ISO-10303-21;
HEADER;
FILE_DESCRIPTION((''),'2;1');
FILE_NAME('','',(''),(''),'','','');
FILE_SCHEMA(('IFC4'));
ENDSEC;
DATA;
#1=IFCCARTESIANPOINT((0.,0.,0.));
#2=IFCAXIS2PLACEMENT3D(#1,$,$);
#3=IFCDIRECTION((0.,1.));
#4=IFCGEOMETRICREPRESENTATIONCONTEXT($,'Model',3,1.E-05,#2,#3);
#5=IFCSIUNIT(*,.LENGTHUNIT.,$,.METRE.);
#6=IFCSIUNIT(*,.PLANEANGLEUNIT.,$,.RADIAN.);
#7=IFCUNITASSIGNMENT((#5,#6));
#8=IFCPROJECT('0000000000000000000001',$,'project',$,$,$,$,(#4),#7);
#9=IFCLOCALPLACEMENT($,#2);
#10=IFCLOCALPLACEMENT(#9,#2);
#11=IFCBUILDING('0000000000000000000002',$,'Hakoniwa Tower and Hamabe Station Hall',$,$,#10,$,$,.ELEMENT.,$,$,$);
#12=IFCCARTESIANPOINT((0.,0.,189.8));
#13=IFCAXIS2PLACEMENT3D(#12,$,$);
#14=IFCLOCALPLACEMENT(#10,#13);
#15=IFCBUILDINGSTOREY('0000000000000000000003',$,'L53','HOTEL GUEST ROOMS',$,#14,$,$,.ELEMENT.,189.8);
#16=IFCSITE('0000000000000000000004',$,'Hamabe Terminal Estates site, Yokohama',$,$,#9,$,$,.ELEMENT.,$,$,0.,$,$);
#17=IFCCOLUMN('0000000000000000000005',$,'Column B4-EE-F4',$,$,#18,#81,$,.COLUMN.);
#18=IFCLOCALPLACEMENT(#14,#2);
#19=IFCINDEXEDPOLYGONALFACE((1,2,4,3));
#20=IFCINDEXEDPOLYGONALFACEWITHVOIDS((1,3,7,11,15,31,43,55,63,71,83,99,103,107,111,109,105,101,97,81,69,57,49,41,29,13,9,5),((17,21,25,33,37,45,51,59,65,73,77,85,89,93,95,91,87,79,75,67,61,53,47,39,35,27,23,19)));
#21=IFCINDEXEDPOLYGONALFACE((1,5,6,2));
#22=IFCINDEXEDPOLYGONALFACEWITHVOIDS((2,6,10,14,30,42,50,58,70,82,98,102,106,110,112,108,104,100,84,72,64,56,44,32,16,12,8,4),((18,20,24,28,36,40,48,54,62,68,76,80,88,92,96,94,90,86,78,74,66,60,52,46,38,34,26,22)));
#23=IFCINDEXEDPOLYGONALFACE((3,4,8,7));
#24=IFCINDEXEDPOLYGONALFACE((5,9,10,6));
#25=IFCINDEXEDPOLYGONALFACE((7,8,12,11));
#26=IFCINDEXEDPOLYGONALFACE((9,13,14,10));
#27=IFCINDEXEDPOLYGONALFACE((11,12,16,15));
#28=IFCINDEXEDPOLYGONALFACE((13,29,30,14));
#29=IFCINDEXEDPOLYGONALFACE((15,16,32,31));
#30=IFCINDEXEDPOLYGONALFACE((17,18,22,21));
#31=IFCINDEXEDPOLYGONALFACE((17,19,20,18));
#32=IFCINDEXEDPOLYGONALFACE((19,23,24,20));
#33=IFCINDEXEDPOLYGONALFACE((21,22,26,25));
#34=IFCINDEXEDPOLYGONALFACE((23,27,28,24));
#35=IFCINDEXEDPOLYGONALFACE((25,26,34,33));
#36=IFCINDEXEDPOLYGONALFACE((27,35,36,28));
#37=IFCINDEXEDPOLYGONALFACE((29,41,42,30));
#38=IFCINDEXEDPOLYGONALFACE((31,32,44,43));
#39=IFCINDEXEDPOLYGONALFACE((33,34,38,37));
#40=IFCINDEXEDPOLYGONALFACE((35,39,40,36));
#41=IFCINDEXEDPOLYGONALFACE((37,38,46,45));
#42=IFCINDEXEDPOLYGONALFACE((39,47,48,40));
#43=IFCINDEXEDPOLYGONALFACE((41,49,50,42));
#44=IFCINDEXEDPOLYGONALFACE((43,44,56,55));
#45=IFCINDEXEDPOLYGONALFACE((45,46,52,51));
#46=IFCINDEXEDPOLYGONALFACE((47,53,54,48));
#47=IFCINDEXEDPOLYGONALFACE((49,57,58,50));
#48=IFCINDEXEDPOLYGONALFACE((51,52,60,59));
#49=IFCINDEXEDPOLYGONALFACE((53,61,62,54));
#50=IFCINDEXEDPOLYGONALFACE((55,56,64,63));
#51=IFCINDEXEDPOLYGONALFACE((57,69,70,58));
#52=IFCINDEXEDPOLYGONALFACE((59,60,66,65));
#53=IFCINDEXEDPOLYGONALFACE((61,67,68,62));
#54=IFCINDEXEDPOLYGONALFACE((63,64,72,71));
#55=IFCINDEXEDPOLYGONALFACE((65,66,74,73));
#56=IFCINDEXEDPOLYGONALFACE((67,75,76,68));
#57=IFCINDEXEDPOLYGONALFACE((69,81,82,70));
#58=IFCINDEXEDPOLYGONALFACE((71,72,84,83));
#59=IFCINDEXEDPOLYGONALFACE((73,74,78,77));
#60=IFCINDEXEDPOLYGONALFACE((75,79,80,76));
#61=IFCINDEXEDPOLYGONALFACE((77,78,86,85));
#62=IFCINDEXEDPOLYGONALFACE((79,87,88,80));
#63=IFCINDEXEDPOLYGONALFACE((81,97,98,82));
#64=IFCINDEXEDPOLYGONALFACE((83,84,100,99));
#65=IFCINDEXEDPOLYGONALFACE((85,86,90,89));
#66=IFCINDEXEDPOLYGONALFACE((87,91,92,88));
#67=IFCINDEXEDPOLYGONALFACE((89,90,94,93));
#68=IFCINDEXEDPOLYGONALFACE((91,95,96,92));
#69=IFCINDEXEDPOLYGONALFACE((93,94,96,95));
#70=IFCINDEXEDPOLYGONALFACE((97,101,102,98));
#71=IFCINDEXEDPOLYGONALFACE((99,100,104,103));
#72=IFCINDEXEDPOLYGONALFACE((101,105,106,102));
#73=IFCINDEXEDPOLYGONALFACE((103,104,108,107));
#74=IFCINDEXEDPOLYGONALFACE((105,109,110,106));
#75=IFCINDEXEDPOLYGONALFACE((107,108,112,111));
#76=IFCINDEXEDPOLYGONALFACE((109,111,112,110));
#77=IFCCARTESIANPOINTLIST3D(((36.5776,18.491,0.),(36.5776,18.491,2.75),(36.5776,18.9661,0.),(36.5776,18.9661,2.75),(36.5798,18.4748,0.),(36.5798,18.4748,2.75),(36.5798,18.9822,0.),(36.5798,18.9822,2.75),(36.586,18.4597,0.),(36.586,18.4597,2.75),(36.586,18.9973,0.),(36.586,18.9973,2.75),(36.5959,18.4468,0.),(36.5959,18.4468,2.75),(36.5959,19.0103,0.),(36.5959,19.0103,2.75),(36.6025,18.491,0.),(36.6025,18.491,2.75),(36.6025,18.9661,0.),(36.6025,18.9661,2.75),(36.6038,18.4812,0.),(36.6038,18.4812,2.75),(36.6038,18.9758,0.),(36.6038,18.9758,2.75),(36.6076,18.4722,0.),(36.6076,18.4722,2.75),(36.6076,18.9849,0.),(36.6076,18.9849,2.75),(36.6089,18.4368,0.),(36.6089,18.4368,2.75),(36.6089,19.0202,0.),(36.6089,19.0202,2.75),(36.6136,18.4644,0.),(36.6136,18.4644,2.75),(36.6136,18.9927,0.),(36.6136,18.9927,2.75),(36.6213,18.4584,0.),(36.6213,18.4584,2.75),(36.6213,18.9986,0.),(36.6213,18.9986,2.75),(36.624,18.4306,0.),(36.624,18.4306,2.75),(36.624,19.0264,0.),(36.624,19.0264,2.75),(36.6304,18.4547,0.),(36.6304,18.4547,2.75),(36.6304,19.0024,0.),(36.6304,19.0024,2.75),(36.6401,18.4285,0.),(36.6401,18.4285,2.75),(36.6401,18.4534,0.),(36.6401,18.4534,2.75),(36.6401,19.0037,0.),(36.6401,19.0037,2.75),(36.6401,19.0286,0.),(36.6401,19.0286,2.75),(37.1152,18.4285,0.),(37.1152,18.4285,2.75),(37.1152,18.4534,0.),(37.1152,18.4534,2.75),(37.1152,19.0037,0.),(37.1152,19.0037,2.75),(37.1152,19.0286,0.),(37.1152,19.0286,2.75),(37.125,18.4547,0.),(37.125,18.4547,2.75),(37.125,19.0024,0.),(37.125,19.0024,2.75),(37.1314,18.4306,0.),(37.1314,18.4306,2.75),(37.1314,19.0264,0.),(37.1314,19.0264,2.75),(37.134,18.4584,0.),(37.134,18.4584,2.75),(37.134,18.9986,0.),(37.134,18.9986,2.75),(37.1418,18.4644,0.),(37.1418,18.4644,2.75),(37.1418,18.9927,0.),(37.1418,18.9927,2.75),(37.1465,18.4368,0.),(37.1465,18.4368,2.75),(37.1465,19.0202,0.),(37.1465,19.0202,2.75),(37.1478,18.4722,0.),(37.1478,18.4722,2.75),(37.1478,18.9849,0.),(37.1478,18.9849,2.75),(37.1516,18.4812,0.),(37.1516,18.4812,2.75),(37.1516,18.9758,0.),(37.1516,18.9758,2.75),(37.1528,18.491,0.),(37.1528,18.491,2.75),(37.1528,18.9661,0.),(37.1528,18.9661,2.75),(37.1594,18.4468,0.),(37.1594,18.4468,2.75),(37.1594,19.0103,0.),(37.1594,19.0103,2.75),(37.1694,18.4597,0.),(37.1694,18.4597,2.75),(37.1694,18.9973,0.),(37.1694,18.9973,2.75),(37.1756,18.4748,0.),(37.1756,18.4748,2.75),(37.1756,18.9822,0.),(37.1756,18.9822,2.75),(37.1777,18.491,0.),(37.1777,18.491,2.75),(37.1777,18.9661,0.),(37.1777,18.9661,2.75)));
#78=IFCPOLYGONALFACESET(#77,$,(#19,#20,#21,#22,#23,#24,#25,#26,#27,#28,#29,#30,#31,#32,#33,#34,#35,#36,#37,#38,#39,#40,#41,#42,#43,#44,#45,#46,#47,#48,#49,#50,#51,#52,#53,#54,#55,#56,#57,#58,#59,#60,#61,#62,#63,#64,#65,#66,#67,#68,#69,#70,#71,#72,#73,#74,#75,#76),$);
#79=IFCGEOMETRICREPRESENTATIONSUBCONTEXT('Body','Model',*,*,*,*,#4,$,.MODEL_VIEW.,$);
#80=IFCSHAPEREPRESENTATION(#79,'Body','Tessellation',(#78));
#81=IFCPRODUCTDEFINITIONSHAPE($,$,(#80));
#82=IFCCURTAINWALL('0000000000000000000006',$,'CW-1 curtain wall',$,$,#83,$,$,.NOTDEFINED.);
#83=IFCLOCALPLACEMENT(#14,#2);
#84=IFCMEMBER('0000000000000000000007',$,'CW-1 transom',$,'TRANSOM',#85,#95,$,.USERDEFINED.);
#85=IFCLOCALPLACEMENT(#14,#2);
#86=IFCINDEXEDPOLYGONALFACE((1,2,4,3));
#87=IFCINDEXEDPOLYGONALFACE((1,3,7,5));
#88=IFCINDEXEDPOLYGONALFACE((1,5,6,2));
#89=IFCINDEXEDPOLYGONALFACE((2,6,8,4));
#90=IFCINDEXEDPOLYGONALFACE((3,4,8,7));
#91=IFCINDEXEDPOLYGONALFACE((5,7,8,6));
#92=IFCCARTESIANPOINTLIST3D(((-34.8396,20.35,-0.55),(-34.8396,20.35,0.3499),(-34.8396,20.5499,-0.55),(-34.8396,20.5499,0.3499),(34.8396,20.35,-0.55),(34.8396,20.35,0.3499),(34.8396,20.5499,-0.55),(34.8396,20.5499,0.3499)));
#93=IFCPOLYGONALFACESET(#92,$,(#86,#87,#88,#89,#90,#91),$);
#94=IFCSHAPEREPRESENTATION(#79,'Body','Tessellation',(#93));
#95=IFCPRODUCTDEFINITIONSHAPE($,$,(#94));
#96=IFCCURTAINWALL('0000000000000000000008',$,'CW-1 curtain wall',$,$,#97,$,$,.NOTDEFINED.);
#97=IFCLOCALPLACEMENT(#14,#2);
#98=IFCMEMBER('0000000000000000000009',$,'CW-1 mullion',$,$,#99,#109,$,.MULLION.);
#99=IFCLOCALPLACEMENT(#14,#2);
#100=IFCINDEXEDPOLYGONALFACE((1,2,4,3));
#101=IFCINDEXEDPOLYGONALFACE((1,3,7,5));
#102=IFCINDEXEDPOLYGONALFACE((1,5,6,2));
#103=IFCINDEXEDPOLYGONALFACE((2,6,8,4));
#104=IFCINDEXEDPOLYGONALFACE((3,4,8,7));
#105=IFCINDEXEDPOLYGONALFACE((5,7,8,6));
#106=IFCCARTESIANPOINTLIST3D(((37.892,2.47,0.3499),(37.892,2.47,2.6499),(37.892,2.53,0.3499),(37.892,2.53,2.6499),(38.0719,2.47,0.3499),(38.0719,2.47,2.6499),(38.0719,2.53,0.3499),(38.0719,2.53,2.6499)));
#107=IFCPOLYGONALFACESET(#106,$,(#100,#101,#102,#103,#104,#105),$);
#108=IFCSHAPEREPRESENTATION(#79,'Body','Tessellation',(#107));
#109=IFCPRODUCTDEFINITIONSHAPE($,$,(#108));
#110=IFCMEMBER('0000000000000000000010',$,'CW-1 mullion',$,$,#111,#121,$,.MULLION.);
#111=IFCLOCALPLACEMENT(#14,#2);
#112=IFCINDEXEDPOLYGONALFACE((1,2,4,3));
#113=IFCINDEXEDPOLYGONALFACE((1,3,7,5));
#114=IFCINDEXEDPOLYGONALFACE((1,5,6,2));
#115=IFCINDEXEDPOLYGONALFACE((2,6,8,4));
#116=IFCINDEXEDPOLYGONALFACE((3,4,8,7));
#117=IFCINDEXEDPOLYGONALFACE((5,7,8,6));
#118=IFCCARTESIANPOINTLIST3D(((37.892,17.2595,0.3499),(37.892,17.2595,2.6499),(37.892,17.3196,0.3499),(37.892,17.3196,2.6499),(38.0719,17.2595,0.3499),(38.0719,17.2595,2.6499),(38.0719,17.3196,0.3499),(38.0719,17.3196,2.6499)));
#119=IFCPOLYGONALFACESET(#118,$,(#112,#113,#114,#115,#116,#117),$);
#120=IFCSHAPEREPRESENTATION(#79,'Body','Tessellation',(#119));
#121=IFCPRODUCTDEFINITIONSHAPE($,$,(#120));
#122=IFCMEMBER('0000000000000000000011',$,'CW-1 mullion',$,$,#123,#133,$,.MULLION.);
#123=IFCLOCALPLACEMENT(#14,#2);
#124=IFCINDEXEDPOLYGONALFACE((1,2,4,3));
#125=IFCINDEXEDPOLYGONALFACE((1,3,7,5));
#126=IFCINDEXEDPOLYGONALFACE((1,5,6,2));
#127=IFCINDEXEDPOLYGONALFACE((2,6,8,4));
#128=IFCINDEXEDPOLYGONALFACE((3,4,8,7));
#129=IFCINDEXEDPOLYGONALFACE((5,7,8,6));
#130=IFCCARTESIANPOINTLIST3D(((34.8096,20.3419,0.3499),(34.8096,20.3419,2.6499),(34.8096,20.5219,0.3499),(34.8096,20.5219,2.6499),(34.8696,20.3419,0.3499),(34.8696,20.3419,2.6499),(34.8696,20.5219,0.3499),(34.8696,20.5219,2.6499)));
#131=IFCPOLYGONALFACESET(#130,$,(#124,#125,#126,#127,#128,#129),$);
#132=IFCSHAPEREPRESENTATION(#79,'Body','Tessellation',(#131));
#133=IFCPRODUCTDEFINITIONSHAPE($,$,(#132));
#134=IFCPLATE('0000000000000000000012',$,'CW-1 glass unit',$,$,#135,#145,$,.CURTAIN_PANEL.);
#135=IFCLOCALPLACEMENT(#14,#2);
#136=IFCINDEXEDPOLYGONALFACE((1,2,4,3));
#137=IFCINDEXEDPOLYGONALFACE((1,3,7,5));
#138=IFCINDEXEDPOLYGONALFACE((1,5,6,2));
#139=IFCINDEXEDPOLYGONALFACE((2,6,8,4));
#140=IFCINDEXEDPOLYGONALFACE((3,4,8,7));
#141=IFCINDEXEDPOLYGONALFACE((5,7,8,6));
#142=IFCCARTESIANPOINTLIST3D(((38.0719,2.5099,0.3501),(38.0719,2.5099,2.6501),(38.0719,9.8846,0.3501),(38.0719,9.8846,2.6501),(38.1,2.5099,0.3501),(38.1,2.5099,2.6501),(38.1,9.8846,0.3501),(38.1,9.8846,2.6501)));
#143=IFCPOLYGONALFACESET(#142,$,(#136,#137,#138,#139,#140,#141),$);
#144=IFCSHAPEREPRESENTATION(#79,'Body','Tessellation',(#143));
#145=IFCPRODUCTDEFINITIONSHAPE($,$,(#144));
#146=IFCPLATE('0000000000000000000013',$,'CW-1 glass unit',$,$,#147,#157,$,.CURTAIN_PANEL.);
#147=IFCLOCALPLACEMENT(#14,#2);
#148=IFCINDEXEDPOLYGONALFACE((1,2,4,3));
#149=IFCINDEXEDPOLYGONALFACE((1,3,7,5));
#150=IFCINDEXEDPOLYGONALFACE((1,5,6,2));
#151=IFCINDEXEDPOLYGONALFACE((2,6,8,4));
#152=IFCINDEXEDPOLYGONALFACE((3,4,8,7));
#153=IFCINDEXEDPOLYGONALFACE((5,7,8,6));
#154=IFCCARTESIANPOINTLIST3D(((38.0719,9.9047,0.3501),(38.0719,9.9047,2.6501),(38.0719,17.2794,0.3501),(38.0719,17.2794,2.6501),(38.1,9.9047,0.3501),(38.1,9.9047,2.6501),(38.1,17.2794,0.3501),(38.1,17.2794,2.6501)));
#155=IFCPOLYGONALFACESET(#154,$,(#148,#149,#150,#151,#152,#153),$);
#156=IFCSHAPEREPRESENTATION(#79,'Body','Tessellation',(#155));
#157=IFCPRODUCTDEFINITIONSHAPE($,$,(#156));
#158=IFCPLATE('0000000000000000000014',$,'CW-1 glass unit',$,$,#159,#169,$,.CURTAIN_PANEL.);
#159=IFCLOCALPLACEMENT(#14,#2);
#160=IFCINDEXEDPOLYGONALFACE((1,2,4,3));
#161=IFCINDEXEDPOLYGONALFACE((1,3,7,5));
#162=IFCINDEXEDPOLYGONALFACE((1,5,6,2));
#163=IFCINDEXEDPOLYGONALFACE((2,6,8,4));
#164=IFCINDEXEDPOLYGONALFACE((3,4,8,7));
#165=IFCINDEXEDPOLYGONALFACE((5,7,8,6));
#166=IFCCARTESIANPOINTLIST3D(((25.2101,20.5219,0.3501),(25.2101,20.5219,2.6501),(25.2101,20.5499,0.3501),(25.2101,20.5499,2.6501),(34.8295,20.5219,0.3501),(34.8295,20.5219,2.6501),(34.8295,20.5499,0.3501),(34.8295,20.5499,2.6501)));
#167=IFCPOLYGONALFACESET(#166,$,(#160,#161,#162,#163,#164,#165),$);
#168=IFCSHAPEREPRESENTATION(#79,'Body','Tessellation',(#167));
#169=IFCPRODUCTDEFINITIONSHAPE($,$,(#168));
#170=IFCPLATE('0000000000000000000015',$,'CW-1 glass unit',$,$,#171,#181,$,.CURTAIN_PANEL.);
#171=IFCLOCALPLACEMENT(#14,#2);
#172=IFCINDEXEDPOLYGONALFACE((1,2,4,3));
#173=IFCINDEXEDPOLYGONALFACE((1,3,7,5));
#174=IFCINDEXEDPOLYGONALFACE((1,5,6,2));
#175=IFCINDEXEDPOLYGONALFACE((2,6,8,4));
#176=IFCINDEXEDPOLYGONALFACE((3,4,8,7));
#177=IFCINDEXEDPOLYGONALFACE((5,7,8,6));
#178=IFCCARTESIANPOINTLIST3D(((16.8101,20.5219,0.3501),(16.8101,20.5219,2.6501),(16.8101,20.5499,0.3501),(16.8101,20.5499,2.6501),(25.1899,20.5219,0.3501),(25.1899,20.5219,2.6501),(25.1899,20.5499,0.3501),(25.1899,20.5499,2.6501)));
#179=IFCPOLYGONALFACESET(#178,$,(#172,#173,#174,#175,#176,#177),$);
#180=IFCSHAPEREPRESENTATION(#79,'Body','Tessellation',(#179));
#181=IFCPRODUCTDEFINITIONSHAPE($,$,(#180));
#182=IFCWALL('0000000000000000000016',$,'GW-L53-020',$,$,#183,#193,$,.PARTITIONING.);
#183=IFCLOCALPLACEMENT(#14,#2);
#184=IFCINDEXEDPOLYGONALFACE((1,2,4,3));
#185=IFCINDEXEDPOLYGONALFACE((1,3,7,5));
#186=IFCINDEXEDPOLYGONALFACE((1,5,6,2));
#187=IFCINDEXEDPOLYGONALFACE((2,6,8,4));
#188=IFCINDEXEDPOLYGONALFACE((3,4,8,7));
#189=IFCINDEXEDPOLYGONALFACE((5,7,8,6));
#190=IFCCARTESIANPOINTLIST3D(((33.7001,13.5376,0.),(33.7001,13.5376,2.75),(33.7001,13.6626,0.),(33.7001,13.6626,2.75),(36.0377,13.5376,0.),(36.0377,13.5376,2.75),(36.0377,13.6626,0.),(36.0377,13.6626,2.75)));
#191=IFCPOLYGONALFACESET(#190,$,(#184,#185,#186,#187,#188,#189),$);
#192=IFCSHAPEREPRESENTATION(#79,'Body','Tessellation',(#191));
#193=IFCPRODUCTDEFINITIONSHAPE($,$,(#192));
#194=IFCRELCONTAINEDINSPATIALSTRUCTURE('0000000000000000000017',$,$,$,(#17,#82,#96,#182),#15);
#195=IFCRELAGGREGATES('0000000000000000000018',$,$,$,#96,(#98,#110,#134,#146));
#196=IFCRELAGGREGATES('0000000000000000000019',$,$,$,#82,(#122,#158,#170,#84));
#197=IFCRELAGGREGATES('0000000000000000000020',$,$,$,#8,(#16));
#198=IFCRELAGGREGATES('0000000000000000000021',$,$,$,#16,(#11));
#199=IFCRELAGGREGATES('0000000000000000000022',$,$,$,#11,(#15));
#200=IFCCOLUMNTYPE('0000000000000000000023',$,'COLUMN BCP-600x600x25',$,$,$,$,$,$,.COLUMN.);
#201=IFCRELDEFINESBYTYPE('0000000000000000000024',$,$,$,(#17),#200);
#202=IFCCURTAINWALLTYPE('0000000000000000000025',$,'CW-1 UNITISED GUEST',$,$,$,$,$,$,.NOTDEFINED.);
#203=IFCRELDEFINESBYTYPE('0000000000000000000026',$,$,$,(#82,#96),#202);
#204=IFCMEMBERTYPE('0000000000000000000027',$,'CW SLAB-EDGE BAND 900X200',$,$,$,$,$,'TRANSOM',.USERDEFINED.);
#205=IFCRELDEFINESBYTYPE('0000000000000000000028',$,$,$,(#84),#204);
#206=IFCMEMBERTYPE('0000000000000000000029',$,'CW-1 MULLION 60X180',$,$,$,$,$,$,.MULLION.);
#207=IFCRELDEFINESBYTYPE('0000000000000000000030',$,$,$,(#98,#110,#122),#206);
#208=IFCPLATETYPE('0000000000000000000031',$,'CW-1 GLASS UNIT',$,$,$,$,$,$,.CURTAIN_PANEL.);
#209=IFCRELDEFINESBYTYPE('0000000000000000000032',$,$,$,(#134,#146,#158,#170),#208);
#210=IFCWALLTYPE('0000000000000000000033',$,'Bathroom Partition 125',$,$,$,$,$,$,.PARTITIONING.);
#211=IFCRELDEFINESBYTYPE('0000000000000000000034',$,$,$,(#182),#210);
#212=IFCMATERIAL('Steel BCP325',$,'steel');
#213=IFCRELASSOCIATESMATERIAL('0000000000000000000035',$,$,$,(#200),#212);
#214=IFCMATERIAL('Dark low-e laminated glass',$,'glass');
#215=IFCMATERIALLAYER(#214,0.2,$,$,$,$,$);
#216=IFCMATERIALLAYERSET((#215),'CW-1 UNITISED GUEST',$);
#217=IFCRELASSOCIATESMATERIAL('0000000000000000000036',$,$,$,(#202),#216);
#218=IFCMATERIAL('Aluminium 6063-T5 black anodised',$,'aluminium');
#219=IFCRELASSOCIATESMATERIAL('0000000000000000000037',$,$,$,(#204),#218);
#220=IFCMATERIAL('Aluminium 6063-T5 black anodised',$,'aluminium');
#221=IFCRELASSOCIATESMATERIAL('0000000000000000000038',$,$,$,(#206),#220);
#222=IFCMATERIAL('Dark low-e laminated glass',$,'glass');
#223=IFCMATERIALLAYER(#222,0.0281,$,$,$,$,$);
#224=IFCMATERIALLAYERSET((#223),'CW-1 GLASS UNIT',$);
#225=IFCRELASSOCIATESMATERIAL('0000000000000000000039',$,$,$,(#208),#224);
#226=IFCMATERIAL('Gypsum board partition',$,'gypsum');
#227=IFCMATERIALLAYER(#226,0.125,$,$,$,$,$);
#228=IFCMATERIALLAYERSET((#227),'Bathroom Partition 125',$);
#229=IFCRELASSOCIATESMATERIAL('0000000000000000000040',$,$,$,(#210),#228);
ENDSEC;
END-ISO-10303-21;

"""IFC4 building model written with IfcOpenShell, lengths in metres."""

from ifc_helpers import new_model, si_unit, direction, frame, frame_2d, origin, origin_2d, place, context, subcontext, project, spatial, rectangle, hollow_rectangle, extrude, material, layer, layer_set, material_profile, profile_set, type_object, element, aggregate, save


model = new_model("IFC4")

# Units and contexts
model_context = context("Model", 3, precision=1e-05, world=origin(), true_north=direction((0.0, 1.0)))
body_context = subcontext(model_context, "Body", "Model", "MODEL_VIEW")
ifc_project = project(units=[si_unit("LENGTHUNIT", "METRE"), si_unit("PLANEANGLEUNIT", "RADIAN")], contexts=[model_context])

# Site, building, storey
site_placement = place(None, origin())
site = spatial("IfcSite", under=ifc_project, at=site_placement, Name="Hamabe Terminal Estates site, Yokohama", CompositionType="ELEMENT", RefElevation=0.0)
building_placement = place(site_placement, origin())
building = spatial("IfcBuilding", under=site, at=building_placement, Name="Hakoniwa Tower and Hamabe Station Hall", CompositionType="ELEMENT")
storey_placement = place(building_placement, frame((0.0, 0.0, 189.8)))
storey = spatial("IfcBuildingStorey", under=building, at=storey_placement, Name="L53", Description="HOTEL GUEST ROOMS", CompositionType="ELEMENT", Elevation=189.8)

# Column
ifc_material_1 = material(Name="Steel BCP325", Category="steel")
ifc_material_profile_1 = material_profile(ifc_material_1, hollow_rectangle(XDim=0.6001, YDim=0.6001, WallThickness=0.0249, InnerFilletRadius=0.0376, OuterFilletRadius=0.0625, at=origin_2d()), Name="BCP-600x600x25")
ifc_profile_set_1 = profile_set([ifc_material_profile_1], Name="Steel BCP325")
column_type = type_object("IfcColumnType", Name="COLUMN BCP-600x600x25", PredefinedType="COLUMN", material=ifc_profile_set_1)
for number, where, z_axis, x_axis, name in (
    (1, (36.8777, 18.7285, 0.0), (0.0, 0.0, 1.0), (1.0, 0.0, 0.0), "Column B4-EE-F4"),
):
    element("IfcColumn", number, at=place(storey_placement, frame(where, z_axis=z_axis, x_axis=x_axis)), inside=storey, type_object=column_type, Name=name, PredefinedType="COLUMN", context=body_context, shape_type="SweptSolid", body=[
        extrude(hollow_rectangle(XDim=0.6001, YDim=0.6001, WallThickness=0.0249, InnerFilletRadius=0.0376, OuterFilletRadius=0.0625, at=origin_2d()), origin(), (0.0, 0.0, 1.0), 2.75),
    ])

# Curtain wall, member
ifc_material_2 = material(Name="Dark low-e laminated glass", Category="glass")
ifc_layer_1 = layer(ifc_material_2, 0.2)
ifc_layer_set_1 = layer_set([ifc_layer_1], Name="CW-1 UNITISED GUEST")
curtain_wall_type = type_object("IfcCurtainWallType", Name="CW-1 UNITISED GUEST", PredefinedType="NOTDEFINED", material=ifc_layer_set_1)
curtain_wall_1_placement = place(storey_placement, origin())
curtain_wall_1 = element("IfcCurtainWall", 2, at=curtain_wall_1_placement, inside=storey, type_object=curtain_wall_type, Name="CW-1 curtain wall", PredefinedType="NOTDEFINED")
ifc_material_3 = material(Name="Aluminium 6063-T5 black anodised", Category="aluminium")
ifc_material_profile_2 = material_profile(ifc_material_3, rectangle(XDim=0.2, YDim=0.8999, at=origin_2d()), Name="CW SLAB-EDGE BAND 900X200")
ifc_profile_set_2 = profile_set([ifc_material_profile_2], Name="Aluminium 6063-T5 black anodised")
member_type_1 = type_object("IfcMemberType", Name="CW SLAB-EDGE BAND 900X200", ElementType="TRANSOM", PredefinedType="USERDEFINED", material=ifc_profile_set_2)
member_1_placement = place(storey_placement, frame((34.8396, 20.45, -0.1001), z_axis=(-1.0, 0.0, 0.0), x_axis=(0.0, -1.0, 0.0)))
member_1 = element("IfcMember", 3, at=member_1_placement, type_object=member_type_1, Name="CW-1 transom", ObjectType="TRANSOM", PredefinedType="USERDEFINED", context=body_context, shape_type="SweptSolid", body=[
    extrude(rectangle(XDim=0.2, YDim=0.8999, at=origin_2d()), origin(), (0.0, 0.0, 1.0), 69.6792),
])

# Curtain wall, members
curtain_wall_2_placement = place(storey_placement, origin())
curtain_wall_2 = element("IfcCurtainWall", 4, at=curtain_wall_2_placement, inside=storey, type_object=curtain_wall_type, Name="CW-1 curtain wall", PredefinedType="NOTDEFINED")
ifc_material_4 = material(Name="Aluminium 6063-T5 black anodised", Category="aluminium")
ifc_material_profile_3 = material_profile(ifc_material_4, rectangle(XDim=0.0601, YDim=0.1799, at=origin_2d()), Name="CW-1 MULLION 60X180")
ifc_profile_set_3 = profile_set([ifc_material_profile_3], Name="Aluminium 6063-T5 black anodised")
member_type_2 = type_object("IfcMemberType", Name="CW-1 MULLION 60X180", PredefinedType="MULLION", material=ifc_profile_set_3)
member_2_placement = place(storey_placement, frame((37.9819, 2.5, 0.3499), z_axis=(0.0, 0.0, 1.0), x_axis=(0.0, 1.0, 0.0)))
member_2 = element("IfcMember", 5, at=member_2_placement, type_object=member_type_2, Name="CW-1 mullion", PredefinedType="MULLION", context=body_context, shape_type="SweptSolid", body=[
    extrude(rectangle(XDim=0.0601, YDim=0.1799, at=origin_2d()), origin(), (0.0, 0.0, 1.0), 2.3),
])
member_3_placement = place(storey_placement, frame((37.9819, 17.2896, 0.3499), z_axis=(0.0, 0.0, 1.0), x_axis=(0.0, 1.0, 0.0)))
member_3 = element("IfcMember", 6, at=member_3_placement, type_object=member_type_2, Name="CW-1 mullion", PredefinedType="MULLION", context=body_context, shape_type="SweptSolid", body=[
    extrude(rectangle(XDim=0.0601, YDim=0.1799, at=origin_2d()), origin(), (0.0, 0.0, 1.0), 2.3),
])

# Member
member_4_placement = place(storey_placement, frame((34.8396, 20.4319, 0.3499), z_axis=(0.0, 0.0, 1.0), x_axis=(-1.0, 0.0, 0.0)))
member_4 = element("IfcMember", 7, at=member_4_placement, type_object=member_type_2, Name="CW-1 mullion", PredefinedType="MULLION", context=body_context, shape_type="SweptSolid", body=[
    extrude(rectangle(XDim=0.0601, YDim=0.1799, at=origin_2d()), origin(), (0.0, 0.0, 1.0), 2.3),
])

# Plates
ifc_material_5 = material(Name="Dark low-e laminated glass", Category="glass")
ifc_layer_2 = layer(ifc_material_5, 0.0281)
ifc_layer_set_2 = layer_set([ifc_layer_2], Name="CW-1 GLASS UNIT")
plate_type = type_object("IfcPlateType", Name="CW-1 GLASS UNIT", PredefinedType="CURTAIN_PANEL", material=ifc_layer_set_2)
plate_1_placement = place(storey_placement, frame((38.0859, 6.1973, 0.3501), z_axis=(0.0, 0.0, 1.0), x_axis=(0.0, 1.0, 0.0)))
plate_1 = element("IfcPlate", 8, at=plate_1_placement, type_object=plate_type, Name="CW-1 glass unit", PredefinedType="CURTAIN_PANEL", context=body_context, shape_type="SweptSolid", body=[
    extrude(rectangle(XDim=7.3748, YDim=0.0281, at=origin_2d()), origin(), (0.0, 0.0, 1.0), 2.3),
])
plate_2_placement = place(storey_placement, frame((38.0859, 13.592, 0.3501), z_axis=(0.0, 0.0, 1.0), x_axis=(0.0, 1.0, 0.0)))
plate_2 = element("IfcPlate", 9, at=plate_2_placement, type_object=plate_type, Name="CW-1 glass unit", PredefinedType="CURTAIN_PANEL", context=body_context, shape_type="SweptSolid", body=[
    extrude(rectangle(XDim=7.3748, YDim=0.0281, at=origin_2d()), origin(), (0.0, 0.0, 1.0), 2.3),
])
aggregate(curtain_wall_2, [member_2, member_3, plate_1, plate_2])
plate_3_placement = place(storey_placement, frame((30.0198, 20.5359, 0.3501), z_axis=(0.0, 0.0, 1.0), x_axis=(-1.0, 0.0, 0.0)))
plate_3 = element("IfcPlate", 10, at=plate_3_placement, type_object=plate_type, Name="CW-1 glass unit", PredefinedType="CURTAIN_PANEL", context=body_context, shape_type="SweptSolid", body=[
    extrude(rectangle(XDim=9.6194, YDim=0.0281, at=origin_2d()), origin(), (0.0, 0.0, 1.0), 2.3),
])
plate_4_placement = place(storey_placement, frame((21.0, 20.5359, 0.3501), z_axis=(0.0, 0.0, 1.0), x_axis=(-1.0, 0.0, 0.0)))
plate_4 = element("IfcPlate", 11, at=plate_4_placement, type_object=plate_type, Name="CW-1 glass unit", PredefinedType="CURTAIN_PANEL", context=body_context, shape_type="SweptSolid", body=[
    extrude(rectangle(XDim=8.3799, YDim=0.0281, at=origin_2d()), origin(), (0.0, 0.0, 1.0), 2.3),
])
aggregate(curtain_wall_1, [member_4, plate_3, plate_4, member_1])

# Wall
ifc_material_6 = material(Name="Gypsum board partition", Category="gypsum")
ifc_layer_3 = layer(ifc_material_6, 0.125)
ifc_layer_set_3 = layer_set([ifc_layer_3], Name="Bathroom Partition 125")
wall_type_1 = type_object("IfcWallType", Name="Bathroom Partition 125", PredefinedType="PARTITIONING", material=ifc_layer_set_3)
wall_1_placement = place(storey_placement, frame((33.7, 13.6001, 0.0), z_axis=(0.0, 0.0, 1.0), x_axis=(1.0, 0.0, 0.0)))
element("IfcWall", 12, at=wall_1_placement, inside=storey, type_object=wall_type_1, Name="GW-L53-020", PredefinedType="PARTITIONING", context=body_context, shape_type="SweptSolid", body=[
    extrude(rectangle(XDim=2.3376, YDim=0.125, at=frame_2d((1.1689, 0.0))), origin(), (0.0, 0.0, 1.0), 2.75),
])

save(model, "model.ifc")
